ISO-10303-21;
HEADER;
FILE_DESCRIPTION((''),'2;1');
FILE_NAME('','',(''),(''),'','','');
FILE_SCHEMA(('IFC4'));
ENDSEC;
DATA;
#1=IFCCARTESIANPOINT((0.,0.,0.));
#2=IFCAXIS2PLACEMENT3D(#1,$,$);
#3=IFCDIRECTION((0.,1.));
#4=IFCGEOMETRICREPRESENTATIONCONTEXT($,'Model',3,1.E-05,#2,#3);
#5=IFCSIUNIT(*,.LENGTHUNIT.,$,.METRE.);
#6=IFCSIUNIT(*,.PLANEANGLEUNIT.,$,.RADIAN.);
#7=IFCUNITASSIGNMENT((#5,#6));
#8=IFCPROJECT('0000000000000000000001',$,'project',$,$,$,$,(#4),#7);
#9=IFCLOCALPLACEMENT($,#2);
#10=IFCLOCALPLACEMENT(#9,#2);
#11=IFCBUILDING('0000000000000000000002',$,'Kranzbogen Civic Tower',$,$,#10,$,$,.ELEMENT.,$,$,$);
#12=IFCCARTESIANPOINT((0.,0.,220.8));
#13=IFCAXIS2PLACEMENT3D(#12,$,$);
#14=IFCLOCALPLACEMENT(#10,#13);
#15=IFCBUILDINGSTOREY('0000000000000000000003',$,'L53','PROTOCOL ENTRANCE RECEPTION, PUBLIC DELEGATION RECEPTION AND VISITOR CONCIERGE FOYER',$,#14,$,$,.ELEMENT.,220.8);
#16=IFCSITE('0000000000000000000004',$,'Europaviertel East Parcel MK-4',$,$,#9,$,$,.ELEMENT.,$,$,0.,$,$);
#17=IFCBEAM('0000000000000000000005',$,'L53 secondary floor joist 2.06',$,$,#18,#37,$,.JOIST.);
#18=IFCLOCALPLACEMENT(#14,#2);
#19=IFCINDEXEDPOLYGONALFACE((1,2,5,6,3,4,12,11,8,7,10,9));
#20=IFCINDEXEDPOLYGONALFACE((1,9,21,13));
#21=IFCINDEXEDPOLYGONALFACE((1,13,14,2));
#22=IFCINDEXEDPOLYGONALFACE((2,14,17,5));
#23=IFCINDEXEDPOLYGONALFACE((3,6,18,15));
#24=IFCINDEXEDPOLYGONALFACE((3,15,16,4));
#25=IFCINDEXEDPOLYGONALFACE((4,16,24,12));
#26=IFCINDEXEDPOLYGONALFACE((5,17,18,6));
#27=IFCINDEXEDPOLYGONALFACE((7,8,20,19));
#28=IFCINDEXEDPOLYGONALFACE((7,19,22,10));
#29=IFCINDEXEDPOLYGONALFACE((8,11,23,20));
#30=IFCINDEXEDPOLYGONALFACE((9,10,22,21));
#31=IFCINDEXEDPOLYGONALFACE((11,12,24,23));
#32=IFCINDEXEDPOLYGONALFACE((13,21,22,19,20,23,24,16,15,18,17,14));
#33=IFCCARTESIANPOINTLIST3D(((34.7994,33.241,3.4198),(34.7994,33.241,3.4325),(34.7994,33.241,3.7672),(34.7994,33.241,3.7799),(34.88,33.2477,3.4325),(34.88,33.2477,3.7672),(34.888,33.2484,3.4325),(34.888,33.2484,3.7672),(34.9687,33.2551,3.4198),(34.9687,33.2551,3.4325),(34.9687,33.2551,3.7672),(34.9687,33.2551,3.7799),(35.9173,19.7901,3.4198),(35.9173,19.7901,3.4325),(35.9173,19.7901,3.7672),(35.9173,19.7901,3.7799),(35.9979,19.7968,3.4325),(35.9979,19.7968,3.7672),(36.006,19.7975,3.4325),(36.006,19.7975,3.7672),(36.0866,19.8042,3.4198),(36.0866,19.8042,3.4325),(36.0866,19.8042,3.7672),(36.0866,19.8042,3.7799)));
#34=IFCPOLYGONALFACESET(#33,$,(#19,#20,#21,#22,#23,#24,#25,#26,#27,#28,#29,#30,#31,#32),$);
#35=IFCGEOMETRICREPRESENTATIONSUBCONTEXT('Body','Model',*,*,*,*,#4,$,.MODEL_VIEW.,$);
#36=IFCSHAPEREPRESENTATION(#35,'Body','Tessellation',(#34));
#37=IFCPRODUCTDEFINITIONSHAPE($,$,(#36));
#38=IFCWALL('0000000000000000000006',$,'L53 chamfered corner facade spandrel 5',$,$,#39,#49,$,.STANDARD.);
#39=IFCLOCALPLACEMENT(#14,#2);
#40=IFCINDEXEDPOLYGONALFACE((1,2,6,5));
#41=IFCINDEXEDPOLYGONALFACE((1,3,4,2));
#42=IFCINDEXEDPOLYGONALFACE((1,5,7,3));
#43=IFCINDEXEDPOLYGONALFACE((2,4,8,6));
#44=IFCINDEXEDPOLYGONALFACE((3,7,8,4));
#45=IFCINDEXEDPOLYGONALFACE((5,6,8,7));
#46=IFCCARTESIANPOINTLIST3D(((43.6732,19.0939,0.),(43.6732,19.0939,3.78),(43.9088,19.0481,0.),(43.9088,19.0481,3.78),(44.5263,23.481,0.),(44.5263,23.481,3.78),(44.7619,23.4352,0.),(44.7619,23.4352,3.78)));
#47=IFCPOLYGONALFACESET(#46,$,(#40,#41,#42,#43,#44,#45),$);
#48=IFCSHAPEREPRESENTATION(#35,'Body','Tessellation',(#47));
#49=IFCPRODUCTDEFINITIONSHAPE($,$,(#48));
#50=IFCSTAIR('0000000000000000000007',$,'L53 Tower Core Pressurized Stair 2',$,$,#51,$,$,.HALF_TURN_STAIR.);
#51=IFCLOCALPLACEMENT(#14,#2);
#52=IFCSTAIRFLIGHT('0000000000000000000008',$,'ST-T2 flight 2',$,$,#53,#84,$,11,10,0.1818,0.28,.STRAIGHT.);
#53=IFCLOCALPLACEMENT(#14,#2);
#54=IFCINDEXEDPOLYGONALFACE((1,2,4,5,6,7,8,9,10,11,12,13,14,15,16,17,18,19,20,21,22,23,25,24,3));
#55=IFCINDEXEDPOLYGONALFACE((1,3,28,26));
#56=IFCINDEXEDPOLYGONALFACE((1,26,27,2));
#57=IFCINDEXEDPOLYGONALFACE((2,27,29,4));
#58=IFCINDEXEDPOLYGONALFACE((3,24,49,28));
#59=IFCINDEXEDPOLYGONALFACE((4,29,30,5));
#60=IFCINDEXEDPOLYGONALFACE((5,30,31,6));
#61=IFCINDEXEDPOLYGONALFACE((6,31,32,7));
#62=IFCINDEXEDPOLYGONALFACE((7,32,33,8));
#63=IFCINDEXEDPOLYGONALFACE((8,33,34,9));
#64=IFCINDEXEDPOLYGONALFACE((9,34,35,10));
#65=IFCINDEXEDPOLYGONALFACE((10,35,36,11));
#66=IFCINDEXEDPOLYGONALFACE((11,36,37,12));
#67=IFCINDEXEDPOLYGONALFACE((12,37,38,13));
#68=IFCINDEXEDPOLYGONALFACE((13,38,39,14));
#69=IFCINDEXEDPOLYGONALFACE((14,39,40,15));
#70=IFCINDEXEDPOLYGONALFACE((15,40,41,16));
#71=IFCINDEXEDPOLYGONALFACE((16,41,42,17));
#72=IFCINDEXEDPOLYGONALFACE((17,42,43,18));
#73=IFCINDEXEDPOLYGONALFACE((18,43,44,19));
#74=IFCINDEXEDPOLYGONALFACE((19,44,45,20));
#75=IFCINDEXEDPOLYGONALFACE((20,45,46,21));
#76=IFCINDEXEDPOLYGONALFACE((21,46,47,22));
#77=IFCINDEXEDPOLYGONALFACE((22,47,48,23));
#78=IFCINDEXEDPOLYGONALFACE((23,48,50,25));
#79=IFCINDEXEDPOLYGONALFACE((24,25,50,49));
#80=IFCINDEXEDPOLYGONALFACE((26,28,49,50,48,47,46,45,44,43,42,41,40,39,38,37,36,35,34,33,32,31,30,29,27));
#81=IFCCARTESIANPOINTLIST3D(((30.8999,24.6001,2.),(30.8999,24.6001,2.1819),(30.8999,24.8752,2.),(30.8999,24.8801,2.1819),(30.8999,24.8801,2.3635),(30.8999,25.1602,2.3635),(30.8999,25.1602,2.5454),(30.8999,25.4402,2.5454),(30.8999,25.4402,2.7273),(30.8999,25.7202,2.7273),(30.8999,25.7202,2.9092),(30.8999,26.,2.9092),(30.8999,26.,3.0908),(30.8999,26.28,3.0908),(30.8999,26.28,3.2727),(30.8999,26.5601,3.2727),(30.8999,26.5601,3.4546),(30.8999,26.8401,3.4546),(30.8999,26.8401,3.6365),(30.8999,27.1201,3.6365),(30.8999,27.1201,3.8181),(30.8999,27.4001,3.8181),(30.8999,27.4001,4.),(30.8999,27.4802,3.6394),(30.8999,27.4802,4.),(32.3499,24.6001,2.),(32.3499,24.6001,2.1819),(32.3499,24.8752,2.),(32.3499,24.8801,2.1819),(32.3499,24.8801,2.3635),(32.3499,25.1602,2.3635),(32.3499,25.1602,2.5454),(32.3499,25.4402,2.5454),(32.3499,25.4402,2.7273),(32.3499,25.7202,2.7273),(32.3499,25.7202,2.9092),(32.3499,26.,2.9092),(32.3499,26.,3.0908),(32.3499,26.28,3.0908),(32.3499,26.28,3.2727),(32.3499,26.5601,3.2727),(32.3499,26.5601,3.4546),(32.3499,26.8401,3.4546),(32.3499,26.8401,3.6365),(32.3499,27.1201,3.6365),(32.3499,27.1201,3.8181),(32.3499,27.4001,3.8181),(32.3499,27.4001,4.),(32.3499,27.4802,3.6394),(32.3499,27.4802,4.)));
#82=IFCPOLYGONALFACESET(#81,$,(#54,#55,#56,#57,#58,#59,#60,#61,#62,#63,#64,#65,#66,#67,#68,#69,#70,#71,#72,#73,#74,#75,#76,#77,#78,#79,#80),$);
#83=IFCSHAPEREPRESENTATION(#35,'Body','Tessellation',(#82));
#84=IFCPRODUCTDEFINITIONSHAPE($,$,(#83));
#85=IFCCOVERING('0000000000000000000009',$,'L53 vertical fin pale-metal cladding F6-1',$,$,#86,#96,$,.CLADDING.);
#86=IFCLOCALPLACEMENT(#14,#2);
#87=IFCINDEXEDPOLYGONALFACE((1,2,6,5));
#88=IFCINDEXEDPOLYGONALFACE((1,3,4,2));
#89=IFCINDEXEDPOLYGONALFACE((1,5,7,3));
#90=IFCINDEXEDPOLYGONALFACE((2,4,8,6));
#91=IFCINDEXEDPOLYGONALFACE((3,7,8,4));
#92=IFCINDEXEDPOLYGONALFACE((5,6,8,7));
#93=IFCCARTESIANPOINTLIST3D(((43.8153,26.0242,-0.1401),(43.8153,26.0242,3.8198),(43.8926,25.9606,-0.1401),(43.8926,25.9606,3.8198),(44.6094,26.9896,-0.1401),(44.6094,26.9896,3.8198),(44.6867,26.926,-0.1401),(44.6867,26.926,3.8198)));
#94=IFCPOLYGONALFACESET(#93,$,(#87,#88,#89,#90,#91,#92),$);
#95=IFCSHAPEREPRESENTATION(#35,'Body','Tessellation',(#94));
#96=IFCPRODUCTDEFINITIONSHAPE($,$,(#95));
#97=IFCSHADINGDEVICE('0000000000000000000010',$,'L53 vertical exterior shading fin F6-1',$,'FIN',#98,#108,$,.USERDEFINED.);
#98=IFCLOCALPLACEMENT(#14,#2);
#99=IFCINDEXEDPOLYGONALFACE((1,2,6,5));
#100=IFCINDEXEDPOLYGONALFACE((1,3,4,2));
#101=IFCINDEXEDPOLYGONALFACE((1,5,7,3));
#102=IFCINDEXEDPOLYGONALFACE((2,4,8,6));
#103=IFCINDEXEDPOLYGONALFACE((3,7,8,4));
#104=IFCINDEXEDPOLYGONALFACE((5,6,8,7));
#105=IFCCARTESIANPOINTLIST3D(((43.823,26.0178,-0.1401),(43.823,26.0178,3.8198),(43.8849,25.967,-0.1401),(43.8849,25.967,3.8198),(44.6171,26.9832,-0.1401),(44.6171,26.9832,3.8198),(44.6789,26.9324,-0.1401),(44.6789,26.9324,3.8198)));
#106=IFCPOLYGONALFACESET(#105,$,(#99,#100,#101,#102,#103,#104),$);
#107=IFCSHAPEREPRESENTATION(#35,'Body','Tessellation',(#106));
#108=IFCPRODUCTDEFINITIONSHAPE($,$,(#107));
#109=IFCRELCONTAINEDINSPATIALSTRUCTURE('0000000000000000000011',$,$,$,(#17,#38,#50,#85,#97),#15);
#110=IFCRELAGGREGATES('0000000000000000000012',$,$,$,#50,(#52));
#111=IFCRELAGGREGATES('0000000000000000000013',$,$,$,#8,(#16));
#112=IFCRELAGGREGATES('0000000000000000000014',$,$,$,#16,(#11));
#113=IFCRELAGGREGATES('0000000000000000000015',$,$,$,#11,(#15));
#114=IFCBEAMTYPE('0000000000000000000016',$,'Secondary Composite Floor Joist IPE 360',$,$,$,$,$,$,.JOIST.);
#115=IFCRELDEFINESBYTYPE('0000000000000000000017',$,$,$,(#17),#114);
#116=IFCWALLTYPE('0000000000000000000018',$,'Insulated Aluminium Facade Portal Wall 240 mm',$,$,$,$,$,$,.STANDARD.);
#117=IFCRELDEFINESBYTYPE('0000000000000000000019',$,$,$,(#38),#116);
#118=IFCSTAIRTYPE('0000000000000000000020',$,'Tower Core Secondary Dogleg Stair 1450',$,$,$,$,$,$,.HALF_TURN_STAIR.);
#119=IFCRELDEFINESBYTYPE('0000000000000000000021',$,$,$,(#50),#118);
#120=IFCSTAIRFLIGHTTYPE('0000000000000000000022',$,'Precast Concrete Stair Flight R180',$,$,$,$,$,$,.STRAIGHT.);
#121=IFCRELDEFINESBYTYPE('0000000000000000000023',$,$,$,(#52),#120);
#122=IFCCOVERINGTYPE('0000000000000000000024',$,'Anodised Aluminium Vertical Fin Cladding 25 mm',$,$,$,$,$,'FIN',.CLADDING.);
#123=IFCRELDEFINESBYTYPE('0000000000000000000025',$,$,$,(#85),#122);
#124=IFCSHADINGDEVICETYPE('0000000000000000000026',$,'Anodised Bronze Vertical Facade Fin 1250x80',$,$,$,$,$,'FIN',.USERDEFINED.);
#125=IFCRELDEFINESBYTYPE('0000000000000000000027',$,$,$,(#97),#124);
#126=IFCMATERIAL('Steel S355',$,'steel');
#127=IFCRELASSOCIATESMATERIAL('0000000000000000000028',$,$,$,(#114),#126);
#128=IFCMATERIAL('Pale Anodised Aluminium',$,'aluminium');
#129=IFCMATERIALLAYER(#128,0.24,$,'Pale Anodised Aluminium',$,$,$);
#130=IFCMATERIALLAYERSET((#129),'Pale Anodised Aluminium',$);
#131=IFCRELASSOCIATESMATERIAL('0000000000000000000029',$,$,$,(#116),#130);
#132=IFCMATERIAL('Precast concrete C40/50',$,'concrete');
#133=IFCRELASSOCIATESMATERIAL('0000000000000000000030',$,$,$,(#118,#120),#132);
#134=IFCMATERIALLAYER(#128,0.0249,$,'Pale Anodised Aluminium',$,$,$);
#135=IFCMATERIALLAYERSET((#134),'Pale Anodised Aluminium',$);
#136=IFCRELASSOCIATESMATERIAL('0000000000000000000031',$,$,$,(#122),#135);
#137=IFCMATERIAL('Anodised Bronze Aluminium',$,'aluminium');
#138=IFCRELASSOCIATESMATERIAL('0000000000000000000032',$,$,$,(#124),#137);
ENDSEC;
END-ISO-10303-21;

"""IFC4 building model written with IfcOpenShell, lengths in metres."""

from ifc_helpers import new_model, si_unit, direction, frame, frame_2d, origin, origin_2d, place, context, subcontext, project, spatial, polyline, rectangle, i_section, outline, extrude, material, layer, layer_set, material_profile, profile_set, type_object, element, aggregate, save


model = new_model("IFC4")

# Units and contexts
model_context = context("Model", 3, precision=1e-05, world=origin(), true_north=direction((0.0, 1.0)))
body_context = subcontext(model_context, "Body", "Model", "MODEL_VIEW")
ifc_project = project(units=[si_unit("LENGTHUNIT", "METRE"), si_unit("PLANEANGLEUNIT", "RADIAN")], contexts=[model_context])

# Site, building, storey
site_placement = place(None, origin())
site = spatial("IfcSite", under=ifc_project, at=site_placement, Name="Europaviertel East Parcel MK-4", CompositionType="ELEMENT", RefElevation=0.0)
building_placement = place(site_placement, origin())
building = spatial("IfcBuilding", under=site, at=building_placement, Name="Kranzbogen Civic Tower", CompositionType="ELEMENT")
storey_placement = place(building_placement, frame((0.0, 0.0, 220.8)))
storey = spatial("IfcBuildingStorey", under=building, at=storey_placement, Name="L53", Description="PROTOCOL ENTRANCE RECEPTION, PUBLIC DELEGATION RECEPTION AND VISITOR CONCIERGE FOYER", CompositionType="ELEMENT", Elevation=220.8)

# Shared definitions
ifc_material_1 = material(Name="Steel S355", Category="steel")

# Shared definitions
ifc_material_2 = material(Name="Pale Anodised Aluminium", Category="aluminium")

# Beam
ifc_material_profile_1 = material_profile(ifc_material_1, i_section(OverallWidth=0.1699, OverallDepth=0.3601, WebThickness=0.0081, FlangeThickness=0.0127, at=origin_2d()), Name="IPE 360")
ifc_profile_set_1 = profile_set([ifc_material_profile_1], Name="Steel S355")
beam_type_1 = type_object("IfcBeamType", Name="Secondary Composite Floor Joist IPE 360", PredefinedType="JOIST", material=ifc_profile_set_1)
beam_1_placement = place(storey_placement, frame((36.002, 19.7971, 3.5999), z_axis=(-0.082825, 0.996564, 0.0), x_axis=(-0.996564, -0.082825, 0.0)))
element("IfcBeam", 1, at=beam_1_placement, inside=storey, type_object=beam_type_1, Name="L53 secondary floor joist 2.06", PredefinedType="JOIST", context=body_context, shape_type="SweptSolid", body=[
    extrude(i_section(OverallWidth=0.1699, OverallDepth=0.3601, WebThickness=0.0081, FlangeThickness=0.0127, at=origin_2d()), origin(), (0.0, 0.0, 1.0), 13.4973),
])

# Wall
ifc_layer_1 = layer(ifc_material_2, 0.24, Name="Pale Anodised Aluminium")
ifc_layer_set_1 = layer_set([ifc_layer_1], Name="Pale Anodised Aluminium")
wall_type = type_object("IfcWallType", Name="Insulated Aluminium Facade Portal Wall 240 mm", PredefinedType="STANDARD", material=ifc_layer_set_1)
wall_placement = place(storey_placement, frame((43.791, 19.071, 0.0), z_axis=(0.0, 0.0, 1.0), x_axis=(0.190871, 0.981615, 0.0)))
element("IfcWall", 2, at=wall_placement, inside=storey, type_object=wall_type, Name="L53 chamfered corner facade spandrel 5", PredefinedType="STANDARD", context=body_context, shape_type="SweptSolid", body=[
    extrude(rectangle(XDim=4.4692, YDim=0.24, at=frame_2d((2.2346, 0.0))), origin(), (0.0, 0.0, 1.0), 3.78),
])

# Stair, stair flight
ifc_material_3 = material(Name="Precast concrete C40/50", Category="concrete")
stair_type = type_object("IfcStairType", Name="Tower Core Secondary Dogleg Stair 1450", PredefinedType="HALF_TURN_STAIR", material=ifc_material_3)
stair_placement = place(storey_placement, origin())
stair = element("IfcStair", 3, at=stair_placement, inside=storey, type_object=stair_type, Name="L53 Tower Core Pressurized Stair 2", PredefinedType="HALF_TURN_STAIR")
stair_flight_type = type_object("IfcStairFlightType", Name="Precast Concrete Stair Flight R180", PredefinedType="STRAIGHT", material=ifc_material_3)
stair_flight_placement = place(storey_placement, frame((31.625, 24.6001, 2.0), z_axis=(0.0, 0.0, 1.0), x_axis=(0.0, 1.0, 0.0)))
stair_flight = element("IfcStairFlight", 4, at=stair_flight_placement, type_object=stair_flight_type, Name="ST-T2 flight 2", NumberOfRisers=11, NumberOfTreads=10, PredefinedType="STRAIGHT", RiserHeight=0.1818, TreadLength=0.28, context=body_context, shape_type="SweptSolid", body=[
    extrude(outline(polyline([(0.0, 0.0), (0.0, 0.1819), (0.28, 0.1819), (0.28, 0.3635), (0.5601, 0.3635), (0.5601, 0.5454), (0.8401, 0.5454), (0.8401, 0.7273), (1.1201, 0.7273), (1.1201, 0.9092), (1.3999, 0.9092), (1.3999, 1.0908), (1.6799, 1.0908), (1.6799, 1.2727), (1.96, 1.2727), (1.96, 1.4546), (2.24, 1.4546), (2.24, 1.6365), (2.52, 1.6365), (2.52, 1.8181), (2.8, 1.8181), (2.8, 2.0), (2.8801, 2.0), (2.8801, 1.6394), (0.2751, 0.0), (0.0, 0.0)])), frame((0.0, 0.7251, 0.0), z_axis=(0.0, -1.0, 0.0), x_axis=(1.0, 0.0, 0.0)), (0.0, 0.0, 1.0), 1.45),
])
aggregate(stair, [stair_flight])

# Covering
ifc_layer_2 = layer(ifc_material_2, 0.0249, Name="Pale Anodised Aluminium")
ifc_layer_set_2 = layer_set([ifc_layer_2], Name="Pale Anodised Aluminium")
covering_type = type_object("IfcCoveringType", Name="Anodised Aluminium Vertical Fin Cladding 25 mm", ElementType="FIN", PredefinedType="CLADDING", material=ifc_layer_set_2)
covering_placement = place(storey_placement, frame((44.251, 26.4751, -0.1401), z_axis=(0.0, 0.0, 1.0), x_axis=(0.635243, 0.772312, 0.0)))
element("IfcCovering", 5, at=covering_placement, inside=storey, type_object=covering_type, Name="L53 vertical fin pale-metal cladding F6-1", PredefinedType="CLADDING", context=body_context, shape_type="SweptSolid", body=[
    extrude(rectangle(XDim=1.25, YDim=0.1001, at=origin_2d()), origin(), (0.0, 0.0, 1.0), 3.96),
])

# Shading device
ifc_material_4 = material(Name="Anodised Bronze Aluminium", Category="aluminium")
shading_device_type = type_object("IfcShadingDeviceType", Name="Anodised Bronze Vertical Facade Fin 1250x80", ElementType="FIN", PredefinedType="USERDEFINED", material=ifc_material_4)
shading_device_placement = place(storey_placement, frame((44.251, 26.4751, -0.1401), z_axis=(0.0, 0.0, 1.0), x_axis=(0.635243, 0.772312, 0.0)))
element("IfcShadingDevice", 6, at=shading_device_placement, inside=storey, type_object=shading_device_type, Name="L53 vertical exterior shading fin F6-1", ObjectType="FIN", PredefinedType="USERDEFINED", context=body_context, shape_type="SweptSolid", body=[
    extrude(rectangle(XDim=1.25, YDim=0.0801, at=origin_2d()), origin(), (0.0, 0.0, 1.0), 3.96),
])

save(model, "model.ifc")
